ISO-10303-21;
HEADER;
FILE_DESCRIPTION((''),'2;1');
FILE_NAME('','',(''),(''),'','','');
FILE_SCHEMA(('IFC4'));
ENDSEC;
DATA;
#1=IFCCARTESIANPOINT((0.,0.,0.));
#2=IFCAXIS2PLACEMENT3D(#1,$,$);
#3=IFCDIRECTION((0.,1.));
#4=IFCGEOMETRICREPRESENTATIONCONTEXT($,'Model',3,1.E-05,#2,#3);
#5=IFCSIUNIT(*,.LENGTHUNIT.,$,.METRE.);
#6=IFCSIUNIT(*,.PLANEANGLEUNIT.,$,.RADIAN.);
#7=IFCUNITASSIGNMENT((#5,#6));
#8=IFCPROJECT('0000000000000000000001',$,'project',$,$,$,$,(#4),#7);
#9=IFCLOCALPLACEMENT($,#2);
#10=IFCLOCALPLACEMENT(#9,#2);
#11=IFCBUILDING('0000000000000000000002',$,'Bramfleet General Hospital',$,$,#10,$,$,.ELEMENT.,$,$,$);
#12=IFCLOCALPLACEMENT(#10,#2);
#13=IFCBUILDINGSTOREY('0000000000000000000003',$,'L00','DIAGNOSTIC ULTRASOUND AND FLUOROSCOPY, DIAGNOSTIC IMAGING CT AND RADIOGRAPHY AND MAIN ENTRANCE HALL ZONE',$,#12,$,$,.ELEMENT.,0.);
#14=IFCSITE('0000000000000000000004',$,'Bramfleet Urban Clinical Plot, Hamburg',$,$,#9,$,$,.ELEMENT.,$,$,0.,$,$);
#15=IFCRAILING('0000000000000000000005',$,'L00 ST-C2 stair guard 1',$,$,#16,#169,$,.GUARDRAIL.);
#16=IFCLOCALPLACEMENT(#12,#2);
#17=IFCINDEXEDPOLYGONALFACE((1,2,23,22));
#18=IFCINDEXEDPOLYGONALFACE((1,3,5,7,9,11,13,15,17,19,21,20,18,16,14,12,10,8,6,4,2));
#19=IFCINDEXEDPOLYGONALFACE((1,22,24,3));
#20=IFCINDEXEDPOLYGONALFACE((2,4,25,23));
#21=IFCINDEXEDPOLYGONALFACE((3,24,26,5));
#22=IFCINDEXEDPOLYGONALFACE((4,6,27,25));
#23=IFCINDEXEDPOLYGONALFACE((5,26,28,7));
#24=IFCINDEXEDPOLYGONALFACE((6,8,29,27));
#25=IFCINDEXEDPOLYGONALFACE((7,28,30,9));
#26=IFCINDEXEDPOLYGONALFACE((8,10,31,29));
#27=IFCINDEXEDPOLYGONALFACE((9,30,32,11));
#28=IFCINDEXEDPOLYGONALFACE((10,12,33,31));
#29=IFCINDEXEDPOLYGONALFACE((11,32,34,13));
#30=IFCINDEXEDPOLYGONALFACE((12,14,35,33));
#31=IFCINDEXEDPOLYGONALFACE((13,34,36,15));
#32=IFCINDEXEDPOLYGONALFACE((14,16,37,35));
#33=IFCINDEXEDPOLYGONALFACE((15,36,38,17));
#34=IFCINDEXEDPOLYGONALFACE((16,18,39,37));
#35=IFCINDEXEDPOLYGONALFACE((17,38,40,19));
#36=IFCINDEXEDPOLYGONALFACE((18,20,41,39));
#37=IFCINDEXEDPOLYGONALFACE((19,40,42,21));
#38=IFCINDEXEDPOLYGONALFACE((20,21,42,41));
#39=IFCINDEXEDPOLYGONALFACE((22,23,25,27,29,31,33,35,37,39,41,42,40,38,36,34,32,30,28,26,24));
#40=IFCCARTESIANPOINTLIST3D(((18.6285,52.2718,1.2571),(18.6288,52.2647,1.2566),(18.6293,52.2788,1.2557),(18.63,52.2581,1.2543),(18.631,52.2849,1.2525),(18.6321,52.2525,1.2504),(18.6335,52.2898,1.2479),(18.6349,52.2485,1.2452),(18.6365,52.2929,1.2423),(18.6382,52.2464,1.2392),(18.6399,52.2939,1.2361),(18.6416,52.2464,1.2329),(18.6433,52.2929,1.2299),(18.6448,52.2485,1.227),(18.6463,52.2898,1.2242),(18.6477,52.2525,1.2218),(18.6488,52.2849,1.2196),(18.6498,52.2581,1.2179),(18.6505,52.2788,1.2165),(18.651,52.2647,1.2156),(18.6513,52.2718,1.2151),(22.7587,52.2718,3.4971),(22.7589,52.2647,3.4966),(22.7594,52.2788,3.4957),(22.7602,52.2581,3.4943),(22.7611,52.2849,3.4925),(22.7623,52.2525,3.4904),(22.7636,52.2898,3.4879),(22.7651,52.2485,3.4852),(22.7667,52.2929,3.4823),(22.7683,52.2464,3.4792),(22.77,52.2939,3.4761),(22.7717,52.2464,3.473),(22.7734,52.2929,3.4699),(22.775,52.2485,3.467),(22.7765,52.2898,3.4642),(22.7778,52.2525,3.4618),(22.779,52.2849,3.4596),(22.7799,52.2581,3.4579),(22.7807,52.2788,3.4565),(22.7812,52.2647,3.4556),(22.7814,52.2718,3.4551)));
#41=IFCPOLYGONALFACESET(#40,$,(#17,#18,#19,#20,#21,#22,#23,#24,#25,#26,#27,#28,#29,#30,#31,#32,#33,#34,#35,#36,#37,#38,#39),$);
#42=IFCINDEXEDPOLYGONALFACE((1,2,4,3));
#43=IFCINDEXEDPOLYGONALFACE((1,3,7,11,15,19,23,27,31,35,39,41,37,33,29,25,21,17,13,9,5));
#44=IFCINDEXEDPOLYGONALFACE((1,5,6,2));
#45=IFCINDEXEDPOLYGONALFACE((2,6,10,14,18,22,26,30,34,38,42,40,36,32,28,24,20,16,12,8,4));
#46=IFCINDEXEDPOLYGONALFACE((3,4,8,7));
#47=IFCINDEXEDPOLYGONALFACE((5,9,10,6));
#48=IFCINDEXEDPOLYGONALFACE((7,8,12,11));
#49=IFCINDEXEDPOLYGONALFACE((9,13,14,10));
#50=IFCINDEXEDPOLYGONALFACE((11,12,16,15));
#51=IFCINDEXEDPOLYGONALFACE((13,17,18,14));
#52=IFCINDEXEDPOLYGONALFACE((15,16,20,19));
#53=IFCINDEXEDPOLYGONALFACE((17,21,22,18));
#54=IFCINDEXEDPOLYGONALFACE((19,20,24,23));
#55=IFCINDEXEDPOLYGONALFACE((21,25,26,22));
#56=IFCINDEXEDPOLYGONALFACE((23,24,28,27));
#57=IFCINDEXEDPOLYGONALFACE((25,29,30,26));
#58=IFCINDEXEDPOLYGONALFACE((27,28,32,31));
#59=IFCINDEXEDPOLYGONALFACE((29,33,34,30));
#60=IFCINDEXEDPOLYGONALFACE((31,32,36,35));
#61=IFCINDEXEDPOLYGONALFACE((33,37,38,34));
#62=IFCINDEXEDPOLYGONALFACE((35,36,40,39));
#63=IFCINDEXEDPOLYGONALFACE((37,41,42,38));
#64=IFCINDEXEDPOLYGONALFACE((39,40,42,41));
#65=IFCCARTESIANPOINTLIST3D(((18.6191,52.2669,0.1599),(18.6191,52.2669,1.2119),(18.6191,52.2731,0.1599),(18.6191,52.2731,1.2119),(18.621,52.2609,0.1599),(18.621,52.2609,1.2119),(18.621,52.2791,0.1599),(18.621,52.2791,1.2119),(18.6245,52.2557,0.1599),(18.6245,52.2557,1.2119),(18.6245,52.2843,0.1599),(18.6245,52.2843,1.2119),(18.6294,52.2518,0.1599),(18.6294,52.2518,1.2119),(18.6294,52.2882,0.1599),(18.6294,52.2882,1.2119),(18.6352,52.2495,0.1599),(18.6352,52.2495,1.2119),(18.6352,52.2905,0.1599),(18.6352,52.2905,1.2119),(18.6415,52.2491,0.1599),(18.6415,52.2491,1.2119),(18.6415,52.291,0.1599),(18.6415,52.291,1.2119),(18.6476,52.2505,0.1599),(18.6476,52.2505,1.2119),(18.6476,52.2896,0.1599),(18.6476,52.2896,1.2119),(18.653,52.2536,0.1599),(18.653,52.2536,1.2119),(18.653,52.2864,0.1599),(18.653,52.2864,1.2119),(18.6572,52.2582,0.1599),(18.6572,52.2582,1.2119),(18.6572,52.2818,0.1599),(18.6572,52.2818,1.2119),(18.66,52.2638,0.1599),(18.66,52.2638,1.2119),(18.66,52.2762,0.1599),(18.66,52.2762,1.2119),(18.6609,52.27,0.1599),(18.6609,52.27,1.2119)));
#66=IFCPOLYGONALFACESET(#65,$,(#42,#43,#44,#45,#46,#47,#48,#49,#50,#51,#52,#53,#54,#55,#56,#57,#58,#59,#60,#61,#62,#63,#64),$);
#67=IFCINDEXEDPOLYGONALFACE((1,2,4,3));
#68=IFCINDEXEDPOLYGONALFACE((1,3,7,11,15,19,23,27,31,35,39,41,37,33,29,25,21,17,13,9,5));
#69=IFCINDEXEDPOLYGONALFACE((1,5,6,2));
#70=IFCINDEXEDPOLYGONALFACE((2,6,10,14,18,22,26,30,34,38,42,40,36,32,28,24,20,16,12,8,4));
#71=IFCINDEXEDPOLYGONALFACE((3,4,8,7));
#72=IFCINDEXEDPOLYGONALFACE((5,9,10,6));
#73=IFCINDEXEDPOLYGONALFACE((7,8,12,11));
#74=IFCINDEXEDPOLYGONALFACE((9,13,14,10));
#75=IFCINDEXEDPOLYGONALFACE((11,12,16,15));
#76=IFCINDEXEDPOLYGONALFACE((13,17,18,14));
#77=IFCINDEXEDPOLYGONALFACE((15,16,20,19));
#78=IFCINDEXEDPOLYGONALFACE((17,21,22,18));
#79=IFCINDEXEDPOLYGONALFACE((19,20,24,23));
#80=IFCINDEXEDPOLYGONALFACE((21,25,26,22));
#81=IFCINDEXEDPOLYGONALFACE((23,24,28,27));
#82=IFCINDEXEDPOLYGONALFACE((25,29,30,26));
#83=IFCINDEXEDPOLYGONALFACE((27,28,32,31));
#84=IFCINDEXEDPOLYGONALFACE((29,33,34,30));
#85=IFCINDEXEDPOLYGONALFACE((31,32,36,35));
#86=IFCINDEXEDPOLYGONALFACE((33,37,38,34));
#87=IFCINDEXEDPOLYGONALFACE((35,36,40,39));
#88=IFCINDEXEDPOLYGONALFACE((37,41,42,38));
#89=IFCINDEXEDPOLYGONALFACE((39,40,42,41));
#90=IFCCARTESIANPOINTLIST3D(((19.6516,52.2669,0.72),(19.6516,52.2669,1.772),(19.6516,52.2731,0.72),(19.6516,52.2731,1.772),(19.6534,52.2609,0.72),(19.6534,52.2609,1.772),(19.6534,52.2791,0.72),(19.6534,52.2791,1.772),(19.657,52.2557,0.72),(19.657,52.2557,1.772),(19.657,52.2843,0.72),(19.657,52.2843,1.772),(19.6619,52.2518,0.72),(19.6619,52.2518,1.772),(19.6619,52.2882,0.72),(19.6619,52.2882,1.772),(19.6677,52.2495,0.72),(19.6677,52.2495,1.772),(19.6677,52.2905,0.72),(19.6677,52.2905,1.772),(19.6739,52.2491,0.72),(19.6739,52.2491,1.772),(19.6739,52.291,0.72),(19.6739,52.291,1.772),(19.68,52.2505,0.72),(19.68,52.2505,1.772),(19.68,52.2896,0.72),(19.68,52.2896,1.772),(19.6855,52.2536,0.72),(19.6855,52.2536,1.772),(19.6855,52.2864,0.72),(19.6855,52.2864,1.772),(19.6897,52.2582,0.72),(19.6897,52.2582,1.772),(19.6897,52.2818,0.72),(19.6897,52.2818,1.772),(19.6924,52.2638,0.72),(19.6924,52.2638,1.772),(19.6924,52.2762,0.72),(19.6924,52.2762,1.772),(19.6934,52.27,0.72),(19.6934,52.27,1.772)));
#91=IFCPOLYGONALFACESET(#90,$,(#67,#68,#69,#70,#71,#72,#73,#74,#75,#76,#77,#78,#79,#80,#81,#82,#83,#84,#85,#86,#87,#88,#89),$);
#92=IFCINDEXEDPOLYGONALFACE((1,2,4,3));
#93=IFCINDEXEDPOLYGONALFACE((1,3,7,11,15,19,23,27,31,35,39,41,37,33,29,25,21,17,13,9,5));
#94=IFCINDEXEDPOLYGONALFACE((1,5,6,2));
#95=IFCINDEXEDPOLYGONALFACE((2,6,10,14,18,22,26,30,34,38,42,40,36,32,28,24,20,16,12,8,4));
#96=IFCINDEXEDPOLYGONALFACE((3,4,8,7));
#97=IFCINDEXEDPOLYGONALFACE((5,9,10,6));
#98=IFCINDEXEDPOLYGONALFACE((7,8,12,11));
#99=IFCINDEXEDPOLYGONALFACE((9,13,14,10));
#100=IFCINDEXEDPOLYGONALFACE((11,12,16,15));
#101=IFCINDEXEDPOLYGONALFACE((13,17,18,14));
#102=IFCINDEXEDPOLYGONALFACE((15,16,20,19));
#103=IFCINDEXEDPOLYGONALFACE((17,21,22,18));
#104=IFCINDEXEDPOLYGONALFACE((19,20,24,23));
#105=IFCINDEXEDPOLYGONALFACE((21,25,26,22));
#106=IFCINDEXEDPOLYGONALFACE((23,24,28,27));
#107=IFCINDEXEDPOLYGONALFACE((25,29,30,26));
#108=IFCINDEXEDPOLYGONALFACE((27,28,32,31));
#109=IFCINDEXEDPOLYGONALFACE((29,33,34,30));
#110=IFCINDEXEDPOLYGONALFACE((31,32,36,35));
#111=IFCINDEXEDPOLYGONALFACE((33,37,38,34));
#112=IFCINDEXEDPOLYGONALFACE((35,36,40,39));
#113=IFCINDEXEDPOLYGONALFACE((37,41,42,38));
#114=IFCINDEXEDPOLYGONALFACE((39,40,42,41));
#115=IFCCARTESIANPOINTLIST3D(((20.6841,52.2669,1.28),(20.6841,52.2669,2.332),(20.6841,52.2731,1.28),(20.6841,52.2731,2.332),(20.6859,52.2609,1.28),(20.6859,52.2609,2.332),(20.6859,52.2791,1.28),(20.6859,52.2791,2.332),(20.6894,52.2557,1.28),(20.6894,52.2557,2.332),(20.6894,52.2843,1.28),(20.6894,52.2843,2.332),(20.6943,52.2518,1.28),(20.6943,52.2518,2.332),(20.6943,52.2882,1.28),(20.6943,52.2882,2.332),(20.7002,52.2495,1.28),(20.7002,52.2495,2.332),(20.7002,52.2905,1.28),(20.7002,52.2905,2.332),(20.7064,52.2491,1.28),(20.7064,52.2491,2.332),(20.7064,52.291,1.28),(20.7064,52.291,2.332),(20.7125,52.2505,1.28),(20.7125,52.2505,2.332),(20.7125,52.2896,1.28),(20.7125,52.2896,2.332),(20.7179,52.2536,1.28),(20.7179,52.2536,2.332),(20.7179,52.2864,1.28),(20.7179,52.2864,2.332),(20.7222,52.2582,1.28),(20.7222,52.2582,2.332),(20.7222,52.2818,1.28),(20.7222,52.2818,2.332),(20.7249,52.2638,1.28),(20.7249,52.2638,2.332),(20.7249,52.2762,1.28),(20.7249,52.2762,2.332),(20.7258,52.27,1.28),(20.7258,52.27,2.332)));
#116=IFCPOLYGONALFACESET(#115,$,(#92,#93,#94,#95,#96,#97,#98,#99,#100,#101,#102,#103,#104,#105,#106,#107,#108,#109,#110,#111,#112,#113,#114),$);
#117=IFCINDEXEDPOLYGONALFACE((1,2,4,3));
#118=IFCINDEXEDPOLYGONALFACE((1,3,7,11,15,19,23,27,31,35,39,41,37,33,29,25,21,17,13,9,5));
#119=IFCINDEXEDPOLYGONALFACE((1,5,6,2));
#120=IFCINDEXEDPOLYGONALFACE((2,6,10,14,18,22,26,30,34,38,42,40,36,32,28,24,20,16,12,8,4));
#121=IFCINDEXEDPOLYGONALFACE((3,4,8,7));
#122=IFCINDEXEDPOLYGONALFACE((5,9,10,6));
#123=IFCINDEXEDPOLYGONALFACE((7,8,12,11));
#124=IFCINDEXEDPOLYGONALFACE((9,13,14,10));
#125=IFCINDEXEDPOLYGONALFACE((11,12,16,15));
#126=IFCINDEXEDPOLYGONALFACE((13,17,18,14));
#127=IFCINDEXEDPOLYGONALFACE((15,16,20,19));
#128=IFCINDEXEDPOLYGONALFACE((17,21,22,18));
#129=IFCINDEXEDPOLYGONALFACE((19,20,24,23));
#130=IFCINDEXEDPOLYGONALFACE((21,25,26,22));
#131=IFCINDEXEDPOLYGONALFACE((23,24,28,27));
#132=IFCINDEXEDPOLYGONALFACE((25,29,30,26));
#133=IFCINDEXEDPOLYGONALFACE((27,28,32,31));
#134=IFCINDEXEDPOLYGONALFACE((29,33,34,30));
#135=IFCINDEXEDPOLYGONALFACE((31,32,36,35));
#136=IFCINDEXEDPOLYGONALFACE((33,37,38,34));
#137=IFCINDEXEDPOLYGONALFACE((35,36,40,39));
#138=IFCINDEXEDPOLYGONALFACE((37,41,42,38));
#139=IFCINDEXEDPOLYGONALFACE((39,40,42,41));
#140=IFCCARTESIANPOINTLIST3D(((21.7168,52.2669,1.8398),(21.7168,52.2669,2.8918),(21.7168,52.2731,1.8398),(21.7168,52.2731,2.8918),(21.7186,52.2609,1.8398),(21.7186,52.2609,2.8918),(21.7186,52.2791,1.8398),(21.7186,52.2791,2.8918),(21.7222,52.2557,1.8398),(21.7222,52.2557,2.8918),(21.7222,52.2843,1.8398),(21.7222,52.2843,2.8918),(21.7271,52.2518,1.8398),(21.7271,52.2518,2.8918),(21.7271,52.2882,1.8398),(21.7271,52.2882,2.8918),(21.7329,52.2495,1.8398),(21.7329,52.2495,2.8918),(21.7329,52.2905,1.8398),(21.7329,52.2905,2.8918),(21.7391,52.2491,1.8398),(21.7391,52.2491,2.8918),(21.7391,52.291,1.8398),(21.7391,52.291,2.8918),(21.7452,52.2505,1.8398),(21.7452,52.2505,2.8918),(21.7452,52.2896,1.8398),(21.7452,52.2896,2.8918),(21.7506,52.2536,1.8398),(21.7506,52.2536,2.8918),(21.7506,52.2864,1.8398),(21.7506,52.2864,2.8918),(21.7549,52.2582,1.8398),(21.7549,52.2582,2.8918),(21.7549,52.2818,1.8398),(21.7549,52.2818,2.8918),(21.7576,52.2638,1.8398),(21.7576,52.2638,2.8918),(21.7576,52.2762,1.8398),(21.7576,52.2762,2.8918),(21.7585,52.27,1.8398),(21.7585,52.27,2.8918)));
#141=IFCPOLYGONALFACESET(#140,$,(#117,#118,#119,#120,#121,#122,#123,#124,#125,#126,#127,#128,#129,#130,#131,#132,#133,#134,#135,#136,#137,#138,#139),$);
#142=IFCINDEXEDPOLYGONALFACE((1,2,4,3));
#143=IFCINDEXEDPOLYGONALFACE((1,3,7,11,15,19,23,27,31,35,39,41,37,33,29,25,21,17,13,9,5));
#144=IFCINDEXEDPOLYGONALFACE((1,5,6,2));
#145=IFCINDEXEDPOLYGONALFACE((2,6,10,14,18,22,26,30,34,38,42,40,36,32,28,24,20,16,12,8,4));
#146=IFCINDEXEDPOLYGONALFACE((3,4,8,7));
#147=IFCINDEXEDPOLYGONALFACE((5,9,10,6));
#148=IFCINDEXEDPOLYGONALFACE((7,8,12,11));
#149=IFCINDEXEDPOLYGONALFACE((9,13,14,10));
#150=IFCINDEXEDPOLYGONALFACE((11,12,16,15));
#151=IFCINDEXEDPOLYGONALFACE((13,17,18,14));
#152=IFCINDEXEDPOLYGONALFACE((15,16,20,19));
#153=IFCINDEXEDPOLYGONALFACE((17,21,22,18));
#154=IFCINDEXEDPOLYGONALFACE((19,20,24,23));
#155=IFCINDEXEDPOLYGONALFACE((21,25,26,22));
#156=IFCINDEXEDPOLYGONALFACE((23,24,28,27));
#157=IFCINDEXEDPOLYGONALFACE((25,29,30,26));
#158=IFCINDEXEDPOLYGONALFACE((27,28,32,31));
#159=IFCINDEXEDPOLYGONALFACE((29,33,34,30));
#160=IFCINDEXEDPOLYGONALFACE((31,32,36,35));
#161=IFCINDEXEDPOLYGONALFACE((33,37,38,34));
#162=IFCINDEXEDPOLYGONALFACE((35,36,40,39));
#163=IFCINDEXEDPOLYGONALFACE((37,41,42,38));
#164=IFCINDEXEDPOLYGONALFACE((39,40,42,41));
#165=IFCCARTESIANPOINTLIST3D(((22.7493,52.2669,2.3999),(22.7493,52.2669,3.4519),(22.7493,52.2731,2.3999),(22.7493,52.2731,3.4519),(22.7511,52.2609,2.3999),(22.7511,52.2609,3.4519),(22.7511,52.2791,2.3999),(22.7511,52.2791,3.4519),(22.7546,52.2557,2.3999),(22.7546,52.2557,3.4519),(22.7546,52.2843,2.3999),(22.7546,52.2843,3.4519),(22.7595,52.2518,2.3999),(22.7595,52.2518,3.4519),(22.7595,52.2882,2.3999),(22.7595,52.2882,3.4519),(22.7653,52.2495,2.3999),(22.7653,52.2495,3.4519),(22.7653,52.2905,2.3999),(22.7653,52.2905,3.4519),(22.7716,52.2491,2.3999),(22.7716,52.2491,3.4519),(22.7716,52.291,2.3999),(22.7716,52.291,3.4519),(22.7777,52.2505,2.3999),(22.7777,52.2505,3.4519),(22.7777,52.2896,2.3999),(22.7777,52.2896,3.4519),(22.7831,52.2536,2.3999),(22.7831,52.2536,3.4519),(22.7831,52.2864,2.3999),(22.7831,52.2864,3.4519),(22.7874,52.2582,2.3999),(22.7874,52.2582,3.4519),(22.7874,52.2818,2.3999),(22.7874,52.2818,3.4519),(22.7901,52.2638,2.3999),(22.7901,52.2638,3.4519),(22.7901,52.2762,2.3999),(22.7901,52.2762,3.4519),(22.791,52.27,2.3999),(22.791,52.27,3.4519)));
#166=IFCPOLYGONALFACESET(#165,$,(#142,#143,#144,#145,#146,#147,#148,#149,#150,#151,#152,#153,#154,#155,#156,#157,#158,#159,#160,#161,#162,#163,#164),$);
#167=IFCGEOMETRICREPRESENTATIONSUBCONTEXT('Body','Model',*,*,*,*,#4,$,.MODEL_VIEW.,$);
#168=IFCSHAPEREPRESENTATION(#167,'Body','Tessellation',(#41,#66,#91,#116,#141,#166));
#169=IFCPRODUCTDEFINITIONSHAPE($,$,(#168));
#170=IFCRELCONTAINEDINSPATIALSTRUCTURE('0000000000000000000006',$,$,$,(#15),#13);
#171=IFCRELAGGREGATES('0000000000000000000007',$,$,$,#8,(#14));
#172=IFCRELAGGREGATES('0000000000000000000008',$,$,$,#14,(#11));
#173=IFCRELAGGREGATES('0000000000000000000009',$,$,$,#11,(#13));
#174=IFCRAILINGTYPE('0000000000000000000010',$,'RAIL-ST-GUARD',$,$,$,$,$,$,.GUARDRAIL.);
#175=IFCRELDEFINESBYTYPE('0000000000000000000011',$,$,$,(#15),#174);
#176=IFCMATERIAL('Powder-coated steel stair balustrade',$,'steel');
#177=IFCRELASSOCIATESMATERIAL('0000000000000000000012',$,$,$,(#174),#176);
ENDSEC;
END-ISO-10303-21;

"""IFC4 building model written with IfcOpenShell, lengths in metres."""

from ifc_helpers import new_model, si_unit, direction, frame, origin, origin_2d, place, context, subcontext, project, spatial, circle, extrude, material, type_object, element, save


model = new_model("IFC4")

# Units and contexts
model_context = context("Model", 3, precision=1e-05, world=origin(), true_north=direction((0.0, 1.0)))
body_context = subcontext(model_context, "Body", "Model", "MODEL_VIEW")
ifc_project = project(units=[si_unit("LENGTHUNIT", "METRE"), si_unit("PLANEANGLEUNIT", "RADIAN")], contexts=[model_context])

# Site, building, storey
site_placement = place(None, origin())
site = spatial("IfcSite", under=ifc_project, at=site_placement, Name="Bramfleet Urban Clinical Plot, Hamburg", CompositionType="ELEMENT", RefElevation=0.0)
building_placement = place(site_placement, origin())
building = spatial("IfcBuilding", under=site, at=building_placement, Name="Bramfleet General Hospital", CompositionType="ELEMENT")
storey_placement = place(building_placement, origin())
storey = spatial("IfcBuildingStorey", under=building, at=storey_placement, Name="L00", Description="DIAGNOSTIC ULTRASOUND AND FLUOROSCOPY, DIAGNOSTIC IMAGING CT AND RADIOGRAPHY AND MAIN ENTRANCE HALL ZONE", CompositionType="ELEMENT", Elevation=0.0)

# Railing
ifc_material_1 = material(Name="Powder-coated steel stair balustrade", Category="steel")
railing_type_1 = type_object("IfcRailingType", Name="RAIL-ST-GUARD", PredefinedType="GUARDRAIL", material=ifc_material_1)
railing_1_placement = place(storey_placement, frame((18.6399, 52.27, 0.1599)))
element("IfcRailing", 1, at=railing_1_placement, inside=storey, type_object=railing_type_1, Name="L00 ST-C2 stair guard 1", PredefinedType="GUARDRAIL", context=body_context, shape_type="SweptSolid", body=[
    extrude(circle(Radius=0.0239, at=origin_2d()), frame((0.0, 0.0, 1.0762), z_axis=(0.879039, 0.0, 0.47675), x_axis=(0.0, 1.0, 0.0)), (0.0, 0.0, 1.0), 4.6985),
    extrude(circle(Radius=0.021, at=origin_2d()), origin(), (0.0, 0.0, 1.0), 1.052),
    extrude(circle(Radius=0.021, at=origin_2d()), frame((1.0325, 0.0, 0.5601)), (0.0, 0.0, 1.0), 1.052),
    extrude(circle(Radius=0.021, at=origin_2d()), frame((2.0649, 0.0, 1.1201)), (0.0, 0.0, 1.0), 1.052),
    extrude(circle(Radius=0.021, at=origin_2d()), frame((3.0977, 0.0, 1.6799)), (0.0, 0.0, 1.0), 1.052),
    extrude(circle(Radius=0.021, at=origin_2d()), frame((4.1301, 0.0, 2.24)), (0.0, 0.0, 1.0), 1.052),
])

save(model, "model.ifc")
